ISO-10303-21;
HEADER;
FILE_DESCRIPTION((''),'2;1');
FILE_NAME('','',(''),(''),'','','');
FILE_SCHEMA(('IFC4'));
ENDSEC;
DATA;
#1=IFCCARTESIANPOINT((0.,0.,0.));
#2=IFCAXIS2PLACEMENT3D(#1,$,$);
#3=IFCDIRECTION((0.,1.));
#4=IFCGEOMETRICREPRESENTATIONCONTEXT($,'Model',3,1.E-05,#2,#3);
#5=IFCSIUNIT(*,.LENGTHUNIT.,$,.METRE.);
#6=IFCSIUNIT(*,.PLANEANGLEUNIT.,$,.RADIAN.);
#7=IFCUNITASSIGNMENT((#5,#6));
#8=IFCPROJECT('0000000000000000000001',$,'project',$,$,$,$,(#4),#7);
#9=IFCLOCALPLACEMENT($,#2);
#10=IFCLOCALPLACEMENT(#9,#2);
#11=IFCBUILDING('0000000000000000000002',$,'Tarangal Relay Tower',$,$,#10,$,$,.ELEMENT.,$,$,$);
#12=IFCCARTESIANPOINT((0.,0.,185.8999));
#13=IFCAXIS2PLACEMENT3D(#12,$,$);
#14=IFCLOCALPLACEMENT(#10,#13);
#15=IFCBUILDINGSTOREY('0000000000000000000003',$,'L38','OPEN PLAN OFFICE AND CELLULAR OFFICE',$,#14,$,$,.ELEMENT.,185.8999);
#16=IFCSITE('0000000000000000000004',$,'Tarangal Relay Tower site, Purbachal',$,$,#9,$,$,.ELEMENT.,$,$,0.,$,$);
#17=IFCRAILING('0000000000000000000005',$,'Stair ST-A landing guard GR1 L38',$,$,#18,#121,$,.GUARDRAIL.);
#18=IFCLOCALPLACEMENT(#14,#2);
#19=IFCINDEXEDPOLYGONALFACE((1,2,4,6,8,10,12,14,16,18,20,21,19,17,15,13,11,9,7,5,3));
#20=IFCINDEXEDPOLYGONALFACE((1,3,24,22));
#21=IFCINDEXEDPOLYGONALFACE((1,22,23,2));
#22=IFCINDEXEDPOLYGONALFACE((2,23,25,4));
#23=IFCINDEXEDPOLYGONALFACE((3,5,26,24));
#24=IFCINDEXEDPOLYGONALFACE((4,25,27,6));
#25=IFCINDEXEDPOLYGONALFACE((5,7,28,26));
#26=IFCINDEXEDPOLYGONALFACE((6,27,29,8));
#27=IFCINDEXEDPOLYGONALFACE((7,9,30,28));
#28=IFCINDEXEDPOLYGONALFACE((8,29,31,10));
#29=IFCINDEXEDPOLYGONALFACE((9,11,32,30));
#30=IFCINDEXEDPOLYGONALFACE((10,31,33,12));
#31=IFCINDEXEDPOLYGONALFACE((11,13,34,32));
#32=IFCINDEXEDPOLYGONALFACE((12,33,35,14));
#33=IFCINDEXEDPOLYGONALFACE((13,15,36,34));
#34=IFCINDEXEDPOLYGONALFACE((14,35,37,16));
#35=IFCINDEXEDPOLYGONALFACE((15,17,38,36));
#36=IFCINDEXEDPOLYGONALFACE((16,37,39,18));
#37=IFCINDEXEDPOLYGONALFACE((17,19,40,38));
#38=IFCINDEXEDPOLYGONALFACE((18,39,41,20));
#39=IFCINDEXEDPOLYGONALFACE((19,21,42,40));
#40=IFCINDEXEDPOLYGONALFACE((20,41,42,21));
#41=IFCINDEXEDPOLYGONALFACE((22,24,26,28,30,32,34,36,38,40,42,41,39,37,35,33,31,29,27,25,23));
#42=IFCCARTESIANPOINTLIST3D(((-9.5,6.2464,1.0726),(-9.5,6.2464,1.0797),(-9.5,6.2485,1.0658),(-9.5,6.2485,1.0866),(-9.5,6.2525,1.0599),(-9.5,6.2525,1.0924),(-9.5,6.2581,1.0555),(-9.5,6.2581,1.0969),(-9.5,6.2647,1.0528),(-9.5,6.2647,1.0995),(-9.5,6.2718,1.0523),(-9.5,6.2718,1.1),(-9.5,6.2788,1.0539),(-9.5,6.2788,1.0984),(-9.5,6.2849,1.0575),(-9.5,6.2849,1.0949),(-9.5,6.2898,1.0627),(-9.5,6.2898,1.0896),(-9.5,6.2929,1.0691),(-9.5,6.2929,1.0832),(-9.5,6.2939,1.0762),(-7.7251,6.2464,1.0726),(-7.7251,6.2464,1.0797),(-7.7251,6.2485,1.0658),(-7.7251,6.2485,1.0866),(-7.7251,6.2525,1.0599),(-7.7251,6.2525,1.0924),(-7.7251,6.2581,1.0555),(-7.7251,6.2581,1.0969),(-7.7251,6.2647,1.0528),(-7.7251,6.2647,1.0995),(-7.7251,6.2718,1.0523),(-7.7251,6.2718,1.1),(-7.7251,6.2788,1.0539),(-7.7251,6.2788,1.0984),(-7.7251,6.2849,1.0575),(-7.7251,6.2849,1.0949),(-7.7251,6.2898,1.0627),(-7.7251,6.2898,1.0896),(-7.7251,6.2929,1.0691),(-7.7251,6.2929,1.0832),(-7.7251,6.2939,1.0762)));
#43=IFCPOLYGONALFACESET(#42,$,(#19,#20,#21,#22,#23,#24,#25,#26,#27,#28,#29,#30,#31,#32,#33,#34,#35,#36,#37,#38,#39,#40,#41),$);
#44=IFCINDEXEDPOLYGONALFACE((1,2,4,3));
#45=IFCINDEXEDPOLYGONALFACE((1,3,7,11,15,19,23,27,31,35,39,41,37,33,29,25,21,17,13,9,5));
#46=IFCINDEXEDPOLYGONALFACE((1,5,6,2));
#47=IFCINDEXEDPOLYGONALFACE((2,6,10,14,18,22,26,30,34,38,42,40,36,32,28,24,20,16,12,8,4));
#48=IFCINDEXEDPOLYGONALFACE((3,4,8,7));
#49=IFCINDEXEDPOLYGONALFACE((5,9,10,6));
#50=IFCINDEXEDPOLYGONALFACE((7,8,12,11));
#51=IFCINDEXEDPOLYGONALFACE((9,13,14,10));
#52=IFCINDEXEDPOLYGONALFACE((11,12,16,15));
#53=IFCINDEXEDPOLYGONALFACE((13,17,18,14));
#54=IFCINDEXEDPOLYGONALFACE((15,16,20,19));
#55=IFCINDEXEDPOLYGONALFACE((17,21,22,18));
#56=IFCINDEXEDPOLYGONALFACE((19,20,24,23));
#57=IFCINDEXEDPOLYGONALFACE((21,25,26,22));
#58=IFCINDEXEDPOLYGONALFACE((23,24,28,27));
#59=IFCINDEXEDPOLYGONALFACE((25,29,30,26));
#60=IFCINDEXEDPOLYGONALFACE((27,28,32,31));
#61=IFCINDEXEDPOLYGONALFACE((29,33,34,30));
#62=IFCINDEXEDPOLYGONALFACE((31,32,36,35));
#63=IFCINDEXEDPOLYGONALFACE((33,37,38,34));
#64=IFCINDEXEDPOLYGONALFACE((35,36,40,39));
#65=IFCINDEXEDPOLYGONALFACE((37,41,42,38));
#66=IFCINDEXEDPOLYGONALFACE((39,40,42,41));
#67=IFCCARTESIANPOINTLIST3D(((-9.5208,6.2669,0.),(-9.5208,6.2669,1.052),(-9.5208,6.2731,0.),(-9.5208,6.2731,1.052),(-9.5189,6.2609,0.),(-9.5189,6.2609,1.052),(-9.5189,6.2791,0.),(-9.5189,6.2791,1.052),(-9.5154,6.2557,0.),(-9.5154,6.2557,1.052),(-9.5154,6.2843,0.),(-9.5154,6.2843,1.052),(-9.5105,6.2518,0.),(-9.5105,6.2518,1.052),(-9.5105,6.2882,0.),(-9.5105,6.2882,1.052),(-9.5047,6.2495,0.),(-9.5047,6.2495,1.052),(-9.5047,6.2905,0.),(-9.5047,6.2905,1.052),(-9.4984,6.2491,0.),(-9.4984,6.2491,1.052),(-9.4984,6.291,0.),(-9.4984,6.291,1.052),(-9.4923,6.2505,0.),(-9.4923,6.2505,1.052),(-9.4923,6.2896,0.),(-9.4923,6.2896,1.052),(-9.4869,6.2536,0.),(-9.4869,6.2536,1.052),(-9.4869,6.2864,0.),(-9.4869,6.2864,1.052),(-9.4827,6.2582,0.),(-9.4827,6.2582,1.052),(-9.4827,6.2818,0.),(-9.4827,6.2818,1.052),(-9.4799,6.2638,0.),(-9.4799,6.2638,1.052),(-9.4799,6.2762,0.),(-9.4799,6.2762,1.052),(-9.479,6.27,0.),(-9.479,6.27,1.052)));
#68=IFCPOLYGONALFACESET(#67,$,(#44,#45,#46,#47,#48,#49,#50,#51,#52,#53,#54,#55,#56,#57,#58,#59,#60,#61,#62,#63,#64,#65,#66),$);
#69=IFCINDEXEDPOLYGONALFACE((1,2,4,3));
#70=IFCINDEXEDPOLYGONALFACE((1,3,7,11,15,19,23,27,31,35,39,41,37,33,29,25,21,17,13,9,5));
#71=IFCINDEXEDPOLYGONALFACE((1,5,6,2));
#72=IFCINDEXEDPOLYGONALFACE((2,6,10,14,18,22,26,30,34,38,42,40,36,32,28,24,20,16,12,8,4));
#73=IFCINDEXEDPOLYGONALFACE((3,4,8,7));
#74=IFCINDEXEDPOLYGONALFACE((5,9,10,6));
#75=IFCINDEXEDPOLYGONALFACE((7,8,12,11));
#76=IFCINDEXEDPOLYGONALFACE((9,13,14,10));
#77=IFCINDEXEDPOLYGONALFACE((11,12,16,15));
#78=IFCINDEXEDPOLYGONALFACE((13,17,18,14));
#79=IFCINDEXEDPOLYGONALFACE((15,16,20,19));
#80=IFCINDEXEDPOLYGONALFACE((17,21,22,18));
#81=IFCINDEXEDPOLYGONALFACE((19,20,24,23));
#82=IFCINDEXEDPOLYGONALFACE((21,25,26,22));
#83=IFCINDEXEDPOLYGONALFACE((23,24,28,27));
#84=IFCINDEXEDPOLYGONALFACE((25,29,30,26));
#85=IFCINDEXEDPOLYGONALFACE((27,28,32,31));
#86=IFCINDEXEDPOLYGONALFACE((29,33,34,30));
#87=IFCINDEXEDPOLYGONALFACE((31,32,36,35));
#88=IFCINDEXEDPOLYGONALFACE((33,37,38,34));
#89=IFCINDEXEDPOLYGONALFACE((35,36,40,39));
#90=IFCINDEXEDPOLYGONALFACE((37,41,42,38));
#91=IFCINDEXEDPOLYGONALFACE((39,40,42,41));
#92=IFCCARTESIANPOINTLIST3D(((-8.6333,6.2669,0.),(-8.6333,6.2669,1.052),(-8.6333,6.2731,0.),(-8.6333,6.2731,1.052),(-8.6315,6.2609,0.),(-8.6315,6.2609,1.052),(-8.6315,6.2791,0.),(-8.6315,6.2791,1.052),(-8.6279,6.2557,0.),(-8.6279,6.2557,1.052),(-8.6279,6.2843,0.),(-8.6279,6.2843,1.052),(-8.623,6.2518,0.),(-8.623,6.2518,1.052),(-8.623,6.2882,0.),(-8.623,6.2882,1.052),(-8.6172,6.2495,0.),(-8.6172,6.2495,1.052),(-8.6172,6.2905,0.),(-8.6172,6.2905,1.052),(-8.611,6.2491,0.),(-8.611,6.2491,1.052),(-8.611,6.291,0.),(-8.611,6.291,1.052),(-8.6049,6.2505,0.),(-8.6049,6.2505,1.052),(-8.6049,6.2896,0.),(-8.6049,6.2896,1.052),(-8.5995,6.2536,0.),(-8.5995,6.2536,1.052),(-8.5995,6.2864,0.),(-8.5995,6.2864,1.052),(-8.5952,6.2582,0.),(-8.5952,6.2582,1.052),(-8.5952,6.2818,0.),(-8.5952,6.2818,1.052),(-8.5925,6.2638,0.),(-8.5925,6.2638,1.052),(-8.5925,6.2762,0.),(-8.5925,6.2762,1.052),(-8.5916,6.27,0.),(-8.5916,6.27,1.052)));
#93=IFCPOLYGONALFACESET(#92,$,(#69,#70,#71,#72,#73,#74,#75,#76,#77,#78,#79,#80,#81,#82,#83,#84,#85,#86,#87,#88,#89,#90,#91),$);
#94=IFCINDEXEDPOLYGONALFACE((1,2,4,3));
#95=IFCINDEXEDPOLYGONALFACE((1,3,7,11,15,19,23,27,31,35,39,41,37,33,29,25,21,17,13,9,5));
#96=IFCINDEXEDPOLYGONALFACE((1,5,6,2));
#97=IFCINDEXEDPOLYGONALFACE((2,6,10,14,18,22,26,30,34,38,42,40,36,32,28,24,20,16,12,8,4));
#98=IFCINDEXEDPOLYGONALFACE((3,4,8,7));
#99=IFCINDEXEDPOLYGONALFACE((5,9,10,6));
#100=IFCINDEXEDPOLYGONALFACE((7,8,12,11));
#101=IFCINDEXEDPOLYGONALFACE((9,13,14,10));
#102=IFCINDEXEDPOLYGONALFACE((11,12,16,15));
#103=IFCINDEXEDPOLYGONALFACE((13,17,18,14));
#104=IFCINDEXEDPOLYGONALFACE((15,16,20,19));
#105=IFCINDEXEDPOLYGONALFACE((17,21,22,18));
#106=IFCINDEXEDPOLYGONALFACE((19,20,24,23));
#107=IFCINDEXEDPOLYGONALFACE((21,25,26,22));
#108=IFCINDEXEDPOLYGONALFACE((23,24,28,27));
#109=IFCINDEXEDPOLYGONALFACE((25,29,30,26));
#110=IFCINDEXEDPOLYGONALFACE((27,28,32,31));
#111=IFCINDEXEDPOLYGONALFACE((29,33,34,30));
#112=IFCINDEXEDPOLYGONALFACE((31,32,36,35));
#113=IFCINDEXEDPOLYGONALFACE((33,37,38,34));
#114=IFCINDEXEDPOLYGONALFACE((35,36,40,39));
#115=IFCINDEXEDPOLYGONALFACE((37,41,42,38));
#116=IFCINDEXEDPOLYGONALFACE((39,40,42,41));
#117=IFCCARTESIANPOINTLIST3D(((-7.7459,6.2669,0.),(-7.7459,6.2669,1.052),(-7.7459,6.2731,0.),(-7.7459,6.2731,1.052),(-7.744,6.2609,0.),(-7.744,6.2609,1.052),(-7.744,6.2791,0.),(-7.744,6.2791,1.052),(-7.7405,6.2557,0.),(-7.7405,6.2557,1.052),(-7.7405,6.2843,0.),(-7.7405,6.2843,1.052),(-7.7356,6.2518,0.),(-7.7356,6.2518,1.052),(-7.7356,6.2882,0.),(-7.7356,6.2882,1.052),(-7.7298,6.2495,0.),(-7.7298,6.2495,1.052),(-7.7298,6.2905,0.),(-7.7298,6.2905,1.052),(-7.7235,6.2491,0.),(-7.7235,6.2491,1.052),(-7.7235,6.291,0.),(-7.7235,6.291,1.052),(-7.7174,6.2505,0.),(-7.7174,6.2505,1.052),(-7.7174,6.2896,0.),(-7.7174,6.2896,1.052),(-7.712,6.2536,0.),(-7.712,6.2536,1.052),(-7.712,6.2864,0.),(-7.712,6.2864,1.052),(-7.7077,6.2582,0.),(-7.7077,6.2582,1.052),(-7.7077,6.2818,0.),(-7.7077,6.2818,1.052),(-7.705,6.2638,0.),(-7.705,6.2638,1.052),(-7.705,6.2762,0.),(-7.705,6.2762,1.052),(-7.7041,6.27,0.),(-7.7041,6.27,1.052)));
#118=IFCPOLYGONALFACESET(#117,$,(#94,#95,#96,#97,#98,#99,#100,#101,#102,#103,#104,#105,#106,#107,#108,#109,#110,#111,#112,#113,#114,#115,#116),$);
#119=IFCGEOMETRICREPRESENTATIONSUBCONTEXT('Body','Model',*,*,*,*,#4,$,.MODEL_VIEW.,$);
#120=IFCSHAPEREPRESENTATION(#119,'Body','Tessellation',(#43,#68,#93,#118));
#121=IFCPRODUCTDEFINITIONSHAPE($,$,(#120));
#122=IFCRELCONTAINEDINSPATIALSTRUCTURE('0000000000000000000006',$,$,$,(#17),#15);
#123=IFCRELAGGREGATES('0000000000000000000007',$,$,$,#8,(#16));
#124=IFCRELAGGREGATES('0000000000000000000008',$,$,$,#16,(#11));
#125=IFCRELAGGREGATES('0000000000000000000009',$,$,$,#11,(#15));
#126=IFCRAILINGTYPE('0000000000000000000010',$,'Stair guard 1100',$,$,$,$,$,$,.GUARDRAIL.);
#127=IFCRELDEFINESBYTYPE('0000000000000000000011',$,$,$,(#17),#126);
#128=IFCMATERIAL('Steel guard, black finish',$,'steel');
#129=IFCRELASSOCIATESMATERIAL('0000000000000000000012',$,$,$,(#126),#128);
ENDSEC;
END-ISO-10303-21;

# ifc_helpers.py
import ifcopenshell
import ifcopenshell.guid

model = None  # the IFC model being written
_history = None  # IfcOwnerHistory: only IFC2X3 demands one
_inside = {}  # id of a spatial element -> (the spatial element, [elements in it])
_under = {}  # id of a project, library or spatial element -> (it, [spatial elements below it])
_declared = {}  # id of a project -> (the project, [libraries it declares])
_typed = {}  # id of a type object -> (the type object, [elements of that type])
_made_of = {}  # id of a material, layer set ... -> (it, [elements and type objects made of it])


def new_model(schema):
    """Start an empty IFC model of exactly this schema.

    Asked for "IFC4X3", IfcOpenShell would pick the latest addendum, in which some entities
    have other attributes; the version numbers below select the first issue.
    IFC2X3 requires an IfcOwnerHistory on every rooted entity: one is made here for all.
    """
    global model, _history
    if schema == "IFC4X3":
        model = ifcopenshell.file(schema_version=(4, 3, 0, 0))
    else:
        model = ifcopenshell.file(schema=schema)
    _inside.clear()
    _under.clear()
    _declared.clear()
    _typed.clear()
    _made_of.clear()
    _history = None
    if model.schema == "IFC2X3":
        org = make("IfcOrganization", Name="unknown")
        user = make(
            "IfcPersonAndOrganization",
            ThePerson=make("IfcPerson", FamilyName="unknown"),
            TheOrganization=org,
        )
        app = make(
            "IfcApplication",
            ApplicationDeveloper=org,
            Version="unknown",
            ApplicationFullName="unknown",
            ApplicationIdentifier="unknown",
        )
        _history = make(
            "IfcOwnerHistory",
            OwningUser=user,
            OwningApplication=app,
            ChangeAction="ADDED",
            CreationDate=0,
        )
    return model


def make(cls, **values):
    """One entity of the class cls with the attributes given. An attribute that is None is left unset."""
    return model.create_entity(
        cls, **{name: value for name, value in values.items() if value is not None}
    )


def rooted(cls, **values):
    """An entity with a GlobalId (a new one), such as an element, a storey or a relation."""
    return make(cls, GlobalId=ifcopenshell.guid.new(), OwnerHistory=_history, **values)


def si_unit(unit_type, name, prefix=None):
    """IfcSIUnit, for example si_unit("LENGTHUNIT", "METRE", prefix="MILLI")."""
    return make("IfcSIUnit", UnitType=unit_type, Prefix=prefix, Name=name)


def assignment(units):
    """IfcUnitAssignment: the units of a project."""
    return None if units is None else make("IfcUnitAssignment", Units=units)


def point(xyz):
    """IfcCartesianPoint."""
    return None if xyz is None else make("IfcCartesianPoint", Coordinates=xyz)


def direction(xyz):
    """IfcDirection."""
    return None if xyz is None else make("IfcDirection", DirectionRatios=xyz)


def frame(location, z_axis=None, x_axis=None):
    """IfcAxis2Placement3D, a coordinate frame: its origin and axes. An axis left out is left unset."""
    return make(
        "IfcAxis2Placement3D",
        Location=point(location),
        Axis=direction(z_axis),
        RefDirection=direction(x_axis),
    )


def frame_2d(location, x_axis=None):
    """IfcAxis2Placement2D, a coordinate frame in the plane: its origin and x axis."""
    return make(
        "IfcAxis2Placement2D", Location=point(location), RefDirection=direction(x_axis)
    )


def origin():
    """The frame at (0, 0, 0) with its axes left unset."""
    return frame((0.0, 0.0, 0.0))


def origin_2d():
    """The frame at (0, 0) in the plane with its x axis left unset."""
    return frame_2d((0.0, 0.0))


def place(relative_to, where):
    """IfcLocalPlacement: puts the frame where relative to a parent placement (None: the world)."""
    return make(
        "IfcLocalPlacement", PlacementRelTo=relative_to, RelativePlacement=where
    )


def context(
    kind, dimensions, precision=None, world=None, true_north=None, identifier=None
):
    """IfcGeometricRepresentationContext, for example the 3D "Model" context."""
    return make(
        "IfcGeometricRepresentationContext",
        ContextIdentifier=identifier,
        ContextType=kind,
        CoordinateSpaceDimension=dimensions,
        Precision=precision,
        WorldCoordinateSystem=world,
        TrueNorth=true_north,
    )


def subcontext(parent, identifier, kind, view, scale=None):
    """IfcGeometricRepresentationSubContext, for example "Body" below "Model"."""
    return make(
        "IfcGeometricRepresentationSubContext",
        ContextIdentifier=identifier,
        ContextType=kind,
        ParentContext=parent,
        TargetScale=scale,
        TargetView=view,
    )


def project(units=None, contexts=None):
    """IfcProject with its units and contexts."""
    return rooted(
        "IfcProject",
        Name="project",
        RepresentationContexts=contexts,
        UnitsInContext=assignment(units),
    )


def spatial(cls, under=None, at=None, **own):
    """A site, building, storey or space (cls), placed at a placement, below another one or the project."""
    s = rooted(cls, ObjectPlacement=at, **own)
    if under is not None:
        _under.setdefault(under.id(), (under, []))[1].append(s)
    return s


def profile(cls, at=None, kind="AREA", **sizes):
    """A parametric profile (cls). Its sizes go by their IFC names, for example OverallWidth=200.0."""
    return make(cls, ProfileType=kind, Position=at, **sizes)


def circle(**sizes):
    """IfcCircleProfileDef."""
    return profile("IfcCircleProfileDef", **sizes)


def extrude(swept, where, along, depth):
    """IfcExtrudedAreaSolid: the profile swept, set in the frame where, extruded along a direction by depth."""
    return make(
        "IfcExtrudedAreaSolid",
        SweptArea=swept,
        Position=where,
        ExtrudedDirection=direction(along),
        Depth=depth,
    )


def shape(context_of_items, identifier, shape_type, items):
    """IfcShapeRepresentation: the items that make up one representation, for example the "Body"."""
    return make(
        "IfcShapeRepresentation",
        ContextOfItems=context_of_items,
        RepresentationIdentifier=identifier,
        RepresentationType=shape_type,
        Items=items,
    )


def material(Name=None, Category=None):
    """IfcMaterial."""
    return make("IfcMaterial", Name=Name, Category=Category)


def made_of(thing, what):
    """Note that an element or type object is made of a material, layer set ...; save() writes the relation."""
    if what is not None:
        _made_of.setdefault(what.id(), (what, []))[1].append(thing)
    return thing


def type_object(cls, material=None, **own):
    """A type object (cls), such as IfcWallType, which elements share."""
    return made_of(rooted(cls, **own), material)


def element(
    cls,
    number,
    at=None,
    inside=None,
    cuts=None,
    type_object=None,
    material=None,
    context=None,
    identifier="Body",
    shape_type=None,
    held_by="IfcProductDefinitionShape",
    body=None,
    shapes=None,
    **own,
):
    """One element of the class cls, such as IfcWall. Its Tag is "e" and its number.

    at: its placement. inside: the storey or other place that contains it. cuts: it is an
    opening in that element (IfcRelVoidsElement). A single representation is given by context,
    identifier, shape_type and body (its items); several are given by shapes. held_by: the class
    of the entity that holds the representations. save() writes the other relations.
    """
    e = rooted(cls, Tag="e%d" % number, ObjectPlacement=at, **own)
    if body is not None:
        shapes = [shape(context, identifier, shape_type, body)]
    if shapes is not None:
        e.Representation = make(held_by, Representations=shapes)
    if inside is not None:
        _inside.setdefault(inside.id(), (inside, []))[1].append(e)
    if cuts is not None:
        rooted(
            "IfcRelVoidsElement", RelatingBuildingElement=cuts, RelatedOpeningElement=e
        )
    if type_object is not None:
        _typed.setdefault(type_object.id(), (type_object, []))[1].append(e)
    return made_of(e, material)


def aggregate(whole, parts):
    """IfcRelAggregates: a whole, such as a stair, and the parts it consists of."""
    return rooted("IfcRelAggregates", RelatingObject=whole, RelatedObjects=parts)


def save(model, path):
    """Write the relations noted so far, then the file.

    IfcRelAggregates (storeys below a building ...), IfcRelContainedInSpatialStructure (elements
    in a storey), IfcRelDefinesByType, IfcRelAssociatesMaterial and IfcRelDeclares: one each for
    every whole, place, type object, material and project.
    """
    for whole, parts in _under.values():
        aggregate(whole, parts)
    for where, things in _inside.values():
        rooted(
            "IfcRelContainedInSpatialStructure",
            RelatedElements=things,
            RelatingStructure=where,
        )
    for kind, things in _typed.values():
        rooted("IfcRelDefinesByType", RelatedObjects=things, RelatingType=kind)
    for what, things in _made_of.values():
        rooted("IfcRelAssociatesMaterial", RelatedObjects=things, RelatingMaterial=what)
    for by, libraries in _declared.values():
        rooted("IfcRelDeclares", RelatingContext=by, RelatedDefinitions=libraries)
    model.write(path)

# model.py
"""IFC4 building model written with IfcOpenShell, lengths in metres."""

from ifc_helpers import new_model, si_unit, direction, frame, origin, origin_2d, place, context, subcontext, project, spatial, circle, extrude, material, type_object, element, save


model = new_model("IFC4")

# Units and contexts
model_context = context("Model", 3, precision=1e-05, world=origin(), true_north=direction((0.0, 1.0)))
body_context = subcontext(model_context, "Body", "Model", "MODEL_VIEW")
ifc_project = project(units=[si_unit("LENGTHUNIT", "METRE"), si_unit("PLANEANGLEUNIT", "RADIAN")], contexts=[model_context])

# Site, building, storey
site_placement = place(None, origin())
site = spatial("IfcSite", under=ifc_project, at=site_placement, Name="Tarangal Relay Tower site, Purbachal", CompositionType="ELEMENT", RefElevation=0.0)
building_placement = place(site_placement, origin())
building = spatial("IfcBuilding", under=site, at=building_placement, Name="Tarangal Relay Tower", CompositionType="ELEMENT")
storey_placement = place(building_placement, frame((0.0, 0.0, 185.8999)))
storey = spatial("IfcBuildingStorey", under=building, at=storey_placement, Name="L38", Description="OPEN PLAN OFFICE AND CELLULAR OFFICE", CompositionType="ELEMENT", Elevation=185.8999)

# Railing
ifc_material_1 = material(Name="Steel guard, black finish", Category="steel")
railing_type_1 = type_object("IfcRailingType", Name="Stair guard 1100", PredefinedType="GUARDRAIL", material=ifc_material_1)
railing_1_placement = place(storey_placement, frame((-9.5, 6.27, 0.0)))
element("IfcRailing", 1, at=railing_1_placement, inside=storey, type_object=railing_type_1, Name="Stair ST-A landing guard GR1 L38", PredefinedType="GUARDRAIL", context=body_context, shape_type="SweptSolid", body=[
    extrude(circle(Radius=0.0239, at=origin_2d()), frame((0.0, 0.0, 1.0762), z_axis=(1.0, 0.0, 0.0), x_axis=(0.0, 1.0, 0.0)), (0.0, 0.0, 1.0), 1.7749),
    extrude(circle(Radius=0.021, at=origin_2d()), origin(), (0.0, 0.0, 1.0), 1.052),
    extrude(circle(Radius=0.021, at=origin_2d()), frame((0.8875, 0.0, 0.0)), (0.0, 0.0, 1.0), 1.052),
    extrude(circle(Radius=0.021, at=origin_2d()), frame((1.7749, 0.0, 0.0)), (0.0, 0.0, 1.0), 1.052),
])

save(model, "model.ifc")
